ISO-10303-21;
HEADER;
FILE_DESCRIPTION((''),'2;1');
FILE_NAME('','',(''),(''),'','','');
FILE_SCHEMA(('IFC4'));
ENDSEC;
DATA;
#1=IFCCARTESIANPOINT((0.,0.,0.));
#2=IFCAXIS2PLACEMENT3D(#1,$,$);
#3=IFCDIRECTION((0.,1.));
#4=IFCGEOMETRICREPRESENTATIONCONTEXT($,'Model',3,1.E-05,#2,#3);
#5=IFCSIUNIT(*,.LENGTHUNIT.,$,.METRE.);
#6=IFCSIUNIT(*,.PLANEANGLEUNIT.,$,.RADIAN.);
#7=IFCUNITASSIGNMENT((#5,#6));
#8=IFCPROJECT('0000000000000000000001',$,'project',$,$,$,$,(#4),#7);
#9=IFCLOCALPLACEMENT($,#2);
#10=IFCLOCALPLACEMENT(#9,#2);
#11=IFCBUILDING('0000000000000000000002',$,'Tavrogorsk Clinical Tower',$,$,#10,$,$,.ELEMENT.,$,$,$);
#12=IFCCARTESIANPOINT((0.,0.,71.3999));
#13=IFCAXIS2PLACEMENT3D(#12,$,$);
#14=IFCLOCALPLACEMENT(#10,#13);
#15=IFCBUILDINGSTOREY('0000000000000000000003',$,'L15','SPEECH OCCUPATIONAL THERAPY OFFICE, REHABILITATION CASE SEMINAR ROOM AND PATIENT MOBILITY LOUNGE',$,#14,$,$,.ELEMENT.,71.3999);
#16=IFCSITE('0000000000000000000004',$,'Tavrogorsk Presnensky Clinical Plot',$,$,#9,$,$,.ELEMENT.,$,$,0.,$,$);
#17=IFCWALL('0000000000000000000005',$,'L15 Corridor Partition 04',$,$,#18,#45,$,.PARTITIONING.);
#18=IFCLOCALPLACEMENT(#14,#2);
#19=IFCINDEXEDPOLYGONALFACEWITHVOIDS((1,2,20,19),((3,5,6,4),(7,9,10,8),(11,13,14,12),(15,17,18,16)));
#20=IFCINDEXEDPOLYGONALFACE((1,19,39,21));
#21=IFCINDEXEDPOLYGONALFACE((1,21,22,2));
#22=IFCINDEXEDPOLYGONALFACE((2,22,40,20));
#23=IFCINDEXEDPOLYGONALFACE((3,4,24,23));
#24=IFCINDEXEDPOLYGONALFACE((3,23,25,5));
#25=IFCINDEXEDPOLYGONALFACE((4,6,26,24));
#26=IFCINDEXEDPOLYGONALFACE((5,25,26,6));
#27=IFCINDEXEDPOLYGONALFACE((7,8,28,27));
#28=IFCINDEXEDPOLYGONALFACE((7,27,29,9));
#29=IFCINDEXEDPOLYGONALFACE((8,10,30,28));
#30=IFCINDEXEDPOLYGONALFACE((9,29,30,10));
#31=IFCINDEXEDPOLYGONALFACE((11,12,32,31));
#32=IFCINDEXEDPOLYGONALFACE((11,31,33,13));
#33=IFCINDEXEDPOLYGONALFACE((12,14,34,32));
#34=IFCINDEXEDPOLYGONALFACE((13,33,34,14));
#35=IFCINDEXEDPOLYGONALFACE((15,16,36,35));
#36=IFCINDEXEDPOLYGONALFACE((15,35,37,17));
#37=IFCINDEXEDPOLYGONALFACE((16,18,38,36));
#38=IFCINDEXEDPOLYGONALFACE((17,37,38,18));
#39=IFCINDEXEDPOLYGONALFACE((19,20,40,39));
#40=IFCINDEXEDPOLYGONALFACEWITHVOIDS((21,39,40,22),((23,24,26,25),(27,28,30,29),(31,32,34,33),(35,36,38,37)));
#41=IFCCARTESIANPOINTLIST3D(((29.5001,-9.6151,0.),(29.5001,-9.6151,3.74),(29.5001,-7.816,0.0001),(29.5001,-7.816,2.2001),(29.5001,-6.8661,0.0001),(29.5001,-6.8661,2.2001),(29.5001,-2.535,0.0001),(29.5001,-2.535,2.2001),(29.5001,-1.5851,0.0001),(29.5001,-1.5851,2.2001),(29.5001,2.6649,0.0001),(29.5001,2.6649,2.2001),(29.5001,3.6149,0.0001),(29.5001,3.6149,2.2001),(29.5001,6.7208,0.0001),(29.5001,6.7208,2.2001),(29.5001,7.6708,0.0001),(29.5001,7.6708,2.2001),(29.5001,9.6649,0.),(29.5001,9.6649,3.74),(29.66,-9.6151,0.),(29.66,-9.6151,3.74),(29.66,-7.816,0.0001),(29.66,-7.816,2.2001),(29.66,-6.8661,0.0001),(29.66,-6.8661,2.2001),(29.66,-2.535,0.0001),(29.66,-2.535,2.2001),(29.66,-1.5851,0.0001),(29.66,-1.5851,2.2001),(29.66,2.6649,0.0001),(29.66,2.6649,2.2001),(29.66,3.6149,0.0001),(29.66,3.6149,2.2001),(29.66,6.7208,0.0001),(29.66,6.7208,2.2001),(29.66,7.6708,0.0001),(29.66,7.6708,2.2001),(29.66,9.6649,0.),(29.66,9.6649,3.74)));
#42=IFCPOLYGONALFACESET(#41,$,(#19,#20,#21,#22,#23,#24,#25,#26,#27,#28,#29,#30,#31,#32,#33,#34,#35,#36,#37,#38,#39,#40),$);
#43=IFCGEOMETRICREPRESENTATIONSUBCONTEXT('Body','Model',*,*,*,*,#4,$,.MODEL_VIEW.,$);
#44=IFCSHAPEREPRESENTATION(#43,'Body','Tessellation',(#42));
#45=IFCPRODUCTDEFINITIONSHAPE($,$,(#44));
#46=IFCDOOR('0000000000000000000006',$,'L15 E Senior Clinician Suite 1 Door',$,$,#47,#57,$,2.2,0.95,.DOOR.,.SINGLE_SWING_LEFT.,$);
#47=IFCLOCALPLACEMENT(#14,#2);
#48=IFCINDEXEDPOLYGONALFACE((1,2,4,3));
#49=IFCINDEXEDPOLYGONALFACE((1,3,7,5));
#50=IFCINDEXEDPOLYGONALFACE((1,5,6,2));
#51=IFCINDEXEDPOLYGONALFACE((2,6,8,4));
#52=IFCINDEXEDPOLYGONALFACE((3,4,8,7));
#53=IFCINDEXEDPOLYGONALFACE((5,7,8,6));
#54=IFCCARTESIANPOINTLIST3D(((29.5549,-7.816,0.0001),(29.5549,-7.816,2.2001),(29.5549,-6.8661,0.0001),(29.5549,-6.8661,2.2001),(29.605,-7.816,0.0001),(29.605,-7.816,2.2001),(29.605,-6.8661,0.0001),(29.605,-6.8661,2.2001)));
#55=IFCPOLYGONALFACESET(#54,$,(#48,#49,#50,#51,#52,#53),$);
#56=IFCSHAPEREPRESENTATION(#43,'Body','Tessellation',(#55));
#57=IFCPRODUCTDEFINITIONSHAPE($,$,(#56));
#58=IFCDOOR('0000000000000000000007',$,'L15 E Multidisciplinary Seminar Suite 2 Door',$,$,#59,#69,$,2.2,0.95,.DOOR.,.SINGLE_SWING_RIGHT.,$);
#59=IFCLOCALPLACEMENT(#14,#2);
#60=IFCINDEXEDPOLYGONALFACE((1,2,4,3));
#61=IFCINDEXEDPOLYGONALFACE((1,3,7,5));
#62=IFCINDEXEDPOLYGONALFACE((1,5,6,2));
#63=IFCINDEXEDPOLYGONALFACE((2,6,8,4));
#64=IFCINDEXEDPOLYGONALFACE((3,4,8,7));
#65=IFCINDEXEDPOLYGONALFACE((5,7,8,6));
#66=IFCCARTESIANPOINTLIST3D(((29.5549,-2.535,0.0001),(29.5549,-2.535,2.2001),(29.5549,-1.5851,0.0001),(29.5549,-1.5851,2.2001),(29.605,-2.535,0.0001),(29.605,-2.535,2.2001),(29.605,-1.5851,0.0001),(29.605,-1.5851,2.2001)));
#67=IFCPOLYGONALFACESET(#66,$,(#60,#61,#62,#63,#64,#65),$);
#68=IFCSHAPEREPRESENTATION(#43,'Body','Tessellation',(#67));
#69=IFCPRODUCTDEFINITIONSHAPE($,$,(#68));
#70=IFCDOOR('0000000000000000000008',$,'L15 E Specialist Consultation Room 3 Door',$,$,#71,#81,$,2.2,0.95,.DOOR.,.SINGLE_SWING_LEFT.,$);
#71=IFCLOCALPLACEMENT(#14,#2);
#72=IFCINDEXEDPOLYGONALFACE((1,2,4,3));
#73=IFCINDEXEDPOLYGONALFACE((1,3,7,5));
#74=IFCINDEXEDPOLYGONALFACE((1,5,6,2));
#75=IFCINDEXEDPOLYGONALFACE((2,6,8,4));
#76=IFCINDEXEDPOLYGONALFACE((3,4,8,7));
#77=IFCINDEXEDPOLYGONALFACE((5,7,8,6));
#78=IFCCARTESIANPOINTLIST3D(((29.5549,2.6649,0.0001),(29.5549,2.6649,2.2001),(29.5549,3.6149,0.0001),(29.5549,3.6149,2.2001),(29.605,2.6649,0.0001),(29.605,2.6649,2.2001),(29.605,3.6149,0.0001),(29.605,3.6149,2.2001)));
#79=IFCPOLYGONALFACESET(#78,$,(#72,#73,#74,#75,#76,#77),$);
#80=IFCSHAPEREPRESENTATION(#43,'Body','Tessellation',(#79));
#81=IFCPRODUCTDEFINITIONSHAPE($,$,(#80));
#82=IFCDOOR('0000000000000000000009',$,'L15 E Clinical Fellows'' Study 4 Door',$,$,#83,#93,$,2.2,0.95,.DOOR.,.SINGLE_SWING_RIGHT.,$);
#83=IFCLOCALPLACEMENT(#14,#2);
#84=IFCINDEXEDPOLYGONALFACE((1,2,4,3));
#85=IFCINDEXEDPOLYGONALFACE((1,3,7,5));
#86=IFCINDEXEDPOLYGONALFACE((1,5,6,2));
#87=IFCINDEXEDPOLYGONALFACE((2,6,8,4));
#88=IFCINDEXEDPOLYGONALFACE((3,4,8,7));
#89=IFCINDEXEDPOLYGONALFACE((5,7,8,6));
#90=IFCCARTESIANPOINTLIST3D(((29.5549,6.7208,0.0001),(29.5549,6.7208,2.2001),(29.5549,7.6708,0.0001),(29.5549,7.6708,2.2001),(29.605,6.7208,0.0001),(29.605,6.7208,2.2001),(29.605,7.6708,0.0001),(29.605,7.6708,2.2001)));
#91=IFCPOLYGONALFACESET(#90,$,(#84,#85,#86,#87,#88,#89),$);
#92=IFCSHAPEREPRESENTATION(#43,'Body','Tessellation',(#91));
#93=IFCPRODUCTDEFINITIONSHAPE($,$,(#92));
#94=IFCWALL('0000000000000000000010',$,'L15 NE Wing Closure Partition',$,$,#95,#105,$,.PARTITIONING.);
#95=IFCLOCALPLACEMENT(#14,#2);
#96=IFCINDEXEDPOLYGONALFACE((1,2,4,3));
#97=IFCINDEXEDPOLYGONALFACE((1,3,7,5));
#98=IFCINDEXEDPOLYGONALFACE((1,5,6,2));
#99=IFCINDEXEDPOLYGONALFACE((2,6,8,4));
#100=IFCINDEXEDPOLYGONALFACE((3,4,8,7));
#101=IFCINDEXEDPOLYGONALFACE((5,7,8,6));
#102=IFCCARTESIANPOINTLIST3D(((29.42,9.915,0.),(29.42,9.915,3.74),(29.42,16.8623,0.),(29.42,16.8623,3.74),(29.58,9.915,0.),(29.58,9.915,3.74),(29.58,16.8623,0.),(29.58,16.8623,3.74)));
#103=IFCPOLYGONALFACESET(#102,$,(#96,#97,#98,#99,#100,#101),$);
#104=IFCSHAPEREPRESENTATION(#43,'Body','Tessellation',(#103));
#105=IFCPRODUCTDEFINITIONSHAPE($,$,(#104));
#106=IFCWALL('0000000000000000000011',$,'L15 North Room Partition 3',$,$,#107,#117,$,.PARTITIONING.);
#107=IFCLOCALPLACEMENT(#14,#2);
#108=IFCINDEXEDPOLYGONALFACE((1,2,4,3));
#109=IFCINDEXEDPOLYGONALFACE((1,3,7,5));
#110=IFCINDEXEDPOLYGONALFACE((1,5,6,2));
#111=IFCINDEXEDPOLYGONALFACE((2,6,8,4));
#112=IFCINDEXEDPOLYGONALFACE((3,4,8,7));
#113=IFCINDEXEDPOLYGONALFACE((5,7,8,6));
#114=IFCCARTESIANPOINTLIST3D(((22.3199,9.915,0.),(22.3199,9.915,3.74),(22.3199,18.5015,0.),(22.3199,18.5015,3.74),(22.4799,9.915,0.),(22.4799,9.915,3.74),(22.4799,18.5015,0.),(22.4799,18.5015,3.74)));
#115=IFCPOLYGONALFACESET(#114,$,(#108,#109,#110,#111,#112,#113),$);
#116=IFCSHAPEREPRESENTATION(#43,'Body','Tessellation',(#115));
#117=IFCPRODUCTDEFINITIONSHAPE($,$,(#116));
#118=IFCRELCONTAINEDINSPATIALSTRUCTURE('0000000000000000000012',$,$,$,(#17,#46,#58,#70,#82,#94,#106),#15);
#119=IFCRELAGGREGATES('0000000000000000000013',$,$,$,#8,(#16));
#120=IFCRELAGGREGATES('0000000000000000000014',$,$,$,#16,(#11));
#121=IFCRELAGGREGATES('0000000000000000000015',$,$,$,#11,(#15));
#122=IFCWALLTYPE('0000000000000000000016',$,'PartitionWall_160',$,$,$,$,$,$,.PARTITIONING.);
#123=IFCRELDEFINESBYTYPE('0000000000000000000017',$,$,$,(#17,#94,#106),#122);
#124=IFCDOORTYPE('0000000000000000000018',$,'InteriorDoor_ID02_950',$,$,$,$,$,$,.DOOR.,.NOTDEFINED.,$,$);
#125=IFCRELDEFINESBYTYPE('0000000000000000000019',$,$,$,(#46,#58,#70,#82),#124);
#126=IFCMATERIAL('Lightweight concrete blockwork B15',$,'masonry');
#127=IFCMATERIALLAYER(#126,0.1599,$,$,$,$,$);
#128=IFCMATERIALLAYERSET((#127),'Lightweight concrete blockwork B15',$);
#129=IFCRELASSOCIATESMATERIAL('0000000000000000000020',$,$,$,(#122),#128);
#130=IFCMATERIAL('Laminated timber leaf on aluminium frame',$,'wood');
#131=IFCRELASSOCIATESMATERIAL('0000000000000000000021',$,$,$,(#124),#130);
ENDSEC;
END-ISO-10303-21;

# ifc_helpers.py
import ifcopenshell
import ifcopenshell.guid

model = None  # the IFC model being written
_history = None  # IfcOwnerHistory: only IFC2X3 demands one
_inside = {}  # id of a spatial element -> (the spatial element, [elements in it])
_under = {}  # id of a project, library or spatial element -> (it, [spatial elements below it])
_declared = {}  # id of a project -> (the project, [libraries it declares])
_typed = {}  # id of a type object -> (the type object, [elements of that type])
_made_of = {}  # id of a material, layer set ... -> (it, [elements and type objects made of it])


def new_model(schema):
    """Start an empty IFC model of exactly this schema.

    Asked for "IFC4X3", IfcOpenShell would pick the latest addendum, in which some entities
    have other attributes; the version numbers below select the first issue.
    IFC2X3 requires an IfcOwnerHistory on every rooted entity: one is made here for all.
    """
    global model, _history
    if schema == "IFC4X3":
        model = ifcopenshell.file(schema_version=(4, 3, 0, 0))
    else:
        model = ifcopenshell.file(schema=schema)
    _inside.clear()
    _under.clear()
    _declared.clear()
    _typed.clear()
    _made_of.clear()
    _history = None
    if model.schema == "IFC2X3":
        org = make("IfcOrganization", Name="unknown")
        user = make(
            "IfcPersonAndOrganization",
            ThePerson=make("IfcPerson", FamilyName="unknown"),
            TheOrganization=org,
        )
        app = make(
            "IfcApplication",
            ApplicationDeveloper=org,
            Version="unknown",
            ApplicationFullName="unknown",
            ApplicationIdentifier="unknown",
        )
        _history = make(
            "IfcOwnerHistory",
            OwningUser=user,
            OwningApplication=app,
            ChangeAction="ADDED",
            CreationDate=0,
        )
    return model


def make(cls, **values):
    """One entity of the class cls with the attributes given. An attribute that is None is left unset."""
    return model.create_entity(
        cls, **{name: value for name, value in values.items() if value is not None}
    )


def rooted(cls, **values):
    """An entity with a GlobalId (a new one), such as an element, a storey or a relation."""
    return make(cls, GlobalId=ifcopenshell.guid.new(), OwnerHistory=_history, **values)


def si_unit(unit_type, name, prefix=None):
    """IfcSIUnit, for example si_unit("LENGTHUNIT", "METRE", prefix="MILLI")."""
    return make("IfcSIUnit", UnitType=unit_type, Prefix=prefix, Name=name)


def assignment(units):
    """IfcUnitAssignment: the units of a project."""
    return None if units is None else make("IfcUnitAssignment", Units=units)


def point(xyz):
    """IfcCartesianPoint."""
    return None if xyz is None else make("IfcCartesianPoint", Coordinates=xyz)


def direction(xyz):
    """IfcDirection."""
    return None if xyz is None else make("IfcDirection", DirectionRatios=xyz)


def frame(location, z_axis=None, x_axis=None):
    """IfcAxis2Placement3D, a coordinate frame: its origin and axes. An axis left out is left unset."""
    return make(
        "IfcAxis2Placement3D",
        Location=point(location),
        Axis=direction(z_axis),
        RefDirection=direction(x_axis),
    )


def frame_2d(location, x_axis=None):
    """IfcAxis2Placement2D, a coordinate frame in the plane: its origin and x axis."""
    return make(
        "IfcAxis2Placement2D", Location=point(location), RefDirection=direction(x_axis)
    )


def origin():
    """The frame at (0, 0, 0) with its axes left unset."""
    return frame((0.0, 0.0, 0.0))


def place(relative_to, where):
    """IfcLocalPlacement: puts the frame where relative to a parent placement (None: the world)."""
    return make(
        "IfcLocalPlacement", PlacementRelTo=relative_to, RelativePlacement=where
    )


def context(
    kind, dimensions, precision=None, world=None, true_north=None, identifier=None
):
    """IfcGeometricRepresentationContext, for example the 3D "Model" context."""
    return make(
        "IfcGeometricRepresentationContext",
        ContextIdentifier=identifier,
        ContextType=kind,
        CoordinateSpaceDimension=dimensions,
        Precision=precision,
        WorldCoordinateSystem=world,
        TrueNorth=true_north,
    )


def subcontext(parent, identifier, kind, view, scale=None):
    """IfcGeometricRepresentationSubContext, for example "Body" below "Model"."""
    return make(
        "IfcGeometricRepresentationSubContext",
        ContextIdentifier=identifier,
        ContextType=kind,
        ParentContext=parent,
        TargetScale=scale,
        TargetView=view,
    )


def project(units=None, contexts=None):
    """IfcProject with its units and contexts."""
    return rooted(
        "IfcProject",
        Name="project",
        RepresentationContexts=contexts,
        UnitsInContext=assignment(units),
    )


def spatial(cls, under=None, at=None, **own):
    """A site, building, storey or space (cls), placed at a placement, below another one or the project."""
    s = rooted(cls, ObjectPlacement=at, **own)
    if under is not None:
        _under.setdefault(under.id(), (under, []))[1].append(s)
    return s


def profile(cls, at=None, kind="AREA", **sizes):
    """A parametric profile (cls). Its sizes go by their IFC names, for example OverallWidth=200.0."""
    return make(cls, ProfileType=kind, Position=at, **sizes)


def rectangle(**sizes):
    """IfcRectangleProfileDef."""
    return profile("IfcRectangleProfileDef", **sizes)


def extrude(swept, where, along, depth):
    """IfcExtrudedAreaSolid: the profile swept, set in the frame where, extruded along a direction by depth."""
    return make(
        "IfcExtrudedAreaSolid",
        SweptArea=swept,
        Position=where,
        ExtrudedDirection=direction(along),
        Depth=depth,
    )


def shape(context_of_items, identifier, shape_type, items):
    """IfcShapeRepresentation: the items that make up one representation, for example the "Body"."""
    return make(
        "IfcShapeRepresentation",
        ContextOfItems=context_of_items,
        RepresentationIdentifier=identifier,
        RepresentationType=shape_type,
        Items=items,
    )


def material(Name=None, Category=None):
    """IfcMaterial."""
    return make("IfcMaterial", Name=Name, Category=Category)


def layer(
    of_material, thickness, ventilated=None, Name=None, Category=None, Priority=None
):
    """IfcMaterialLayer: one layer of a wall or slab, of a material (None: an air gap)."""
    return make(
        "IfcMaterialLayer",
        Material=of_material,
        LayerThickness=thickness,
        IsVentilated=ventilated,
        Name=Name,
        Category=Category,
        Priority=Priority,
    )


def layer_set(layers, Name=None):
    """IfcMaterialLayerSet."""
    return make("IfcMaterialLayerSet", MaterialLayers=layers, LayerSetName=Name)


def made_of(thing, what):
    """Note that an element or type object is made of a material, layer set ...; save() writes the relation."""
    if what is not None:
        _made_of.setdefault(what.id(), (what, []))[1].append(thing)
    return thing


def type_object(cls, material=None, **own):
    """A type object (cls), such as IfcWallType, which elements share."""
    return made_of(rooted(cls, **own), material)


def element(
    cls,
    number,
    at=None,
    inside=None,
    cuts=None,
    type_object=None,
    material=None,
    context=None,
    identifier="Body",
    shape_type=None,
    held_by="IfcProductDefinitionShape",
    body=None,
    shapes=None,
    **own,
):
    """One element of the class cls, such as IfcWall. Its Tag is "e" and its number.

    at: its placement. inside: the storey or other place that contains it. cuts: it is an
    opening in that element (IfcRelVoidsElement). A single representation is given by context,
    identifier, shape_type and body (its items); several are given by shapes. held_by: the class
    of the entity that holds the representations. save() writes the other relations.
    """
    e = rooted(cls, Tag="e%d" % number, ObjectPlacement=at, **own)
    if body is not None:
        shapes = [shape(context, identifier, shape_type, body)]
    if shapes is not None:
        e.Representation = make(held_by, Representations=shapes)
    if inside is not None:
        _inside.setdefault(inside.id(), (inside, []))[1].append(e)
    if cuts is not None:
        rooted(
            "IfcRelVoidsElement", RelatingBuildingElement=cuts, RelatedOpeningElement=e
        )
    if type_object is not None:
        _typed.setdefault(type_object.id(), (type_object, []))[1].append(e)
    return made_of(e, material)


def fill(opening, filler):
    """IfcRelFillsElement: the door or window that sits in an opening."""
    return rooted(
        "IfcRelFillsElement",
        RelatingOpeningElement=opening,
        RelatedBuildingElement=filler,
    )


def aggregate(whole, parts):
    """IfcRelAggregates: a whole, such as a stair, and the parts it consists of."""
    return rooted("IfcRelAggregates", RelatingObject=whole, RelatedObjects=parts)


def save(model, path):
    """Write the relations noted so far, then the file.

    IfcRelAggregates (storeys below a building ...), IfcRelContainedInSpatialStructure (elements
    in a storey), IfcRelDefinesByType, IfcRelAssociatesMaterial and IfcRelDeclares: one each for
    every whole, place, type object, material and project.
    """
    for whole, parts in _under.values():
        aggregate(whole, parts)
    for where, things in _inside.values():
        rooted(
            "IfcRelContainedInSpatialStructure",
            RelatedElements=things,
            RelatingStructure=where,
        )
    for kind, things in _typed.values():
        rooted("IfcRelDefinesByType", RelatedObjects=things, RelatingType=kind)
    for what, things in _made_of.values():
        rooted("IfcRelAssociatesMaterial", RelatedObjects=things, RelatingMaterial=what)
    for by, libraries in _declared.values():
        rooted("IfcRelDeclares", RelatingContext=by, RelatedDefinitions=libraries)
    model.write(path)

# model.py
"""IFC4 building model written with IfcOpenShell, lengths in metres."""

from ifc_helpers import new_model, si_unit, direction, frame, frame_2d, origin, place, context, subcontext, project, spatial, rectangle, extrude, material, layer, layer_set, type_object, element, fill, save


model = new_model("IFC4")

# Units and contexts
model_context = context("Model", 3, precision=1e-05, world=origin(), true_north=direction((0.0, 1.0)))
body_context = subcontext(model_context, "Body", "Model", "MODEL_VIEW")
ifc_project = project(units=[si_unit("LENGTHUNIT", "METRE"), si_unit("PLANEANGLEUNIT", "RADIAN")], contexts=[model_context])

# Site, building, storey
site_placement = place(None, origin())
site = spatial("IfcSite", under=ifc_project, at=site_placement, Name="Tavrogorsk Presnensky Clinical Plot", CompositionType="ELEMENT", RefElevation=0.0)
building_placement = place(site_placement, origin())
building = spatial("IfcBuilding", under=site, at=building_placement, Name="Tavrogorsk Clinical Tower", CompositionType="ELEMENT")
storey_placement = place(building_placement, frame((0.0, 0.0, 71.3999)))
storey = spatial("IfcBuildingStorey", under=building, at=storey_placement, Name="L15", Description="SPEECH OCCUPATIONAL THERAPY OFFICE, REHABILITATION CASE SEMINAR ROOM AND PATIENT MOBILITY LOUNGE", CompositionType="ELEMENT", Elevation=71.3999)

# Wall, openings, doors
ifc_material_1 = material(Name="Lightweight concrete blockwork B15", Category="masonry")
ifc_layer_1 = layer(ifc_material_1, 0.1599)
ifc_layer_set_1 = layer_set([ifc_layer_1], Name="Lightweight concrete blockwork B15")
wall_type_1 = type_object("IfcWallType", Name="PartitionWall_160", PredefinedType="PARTITIONING", material=ifc_layer_set_1)
wall_1_placement = place(storey_placement, frame((29.5801, 9.665, 0.0), z_axis=(0.0, 0.0, 1.0), x_axis=(0.0, -1.0, 0.0)))
wall_1 = element("IfcWall", 1, at=wall_1_placement, inside=storey, type_object=wall_type_1, Name="L15 Corridor Partition 04", PredefinedType="PARTITIONING", context=body_context, shape_type="SweptSolid", body=[
    extrude(rectangle(XDim=19.28, YDim=0.1599, at=frame_2d((9.6401, 0.0))), origin(), (0.0, 0.0, 1.0), 3.74),
])
opening_1_placement = place(wall_1_placement, frame((16.531, 0.0, 0.0)))
opening_1 = element("IfcOpeningElement", 2, at=opening_1_placement, cuts=wall_1, PredefinedType="OPENING", context=body_context, shape_type="SweptSolid", body=[
    extrude(rectangle(XDim=0.95, YDim=2.2, at=frame_2d((0.4751, 1.1001))), frame((0.0, 0.0898, 0.0), z_axis=(0.0, -1.0, 0.0), x_axis=(1.0, 0.0, 0.0)), (0.0, 0.0, 1.0), 0.1799),
])
opening_2_placement = place(wall_1_placement, frame((11.25, 0.0, 0.0)))
opening_2 = element("IfcOpeningElement", 3, at=opening_2_placement, cuts=wall_1, PredefinedType="OPENING", context=body_context, shape_type="SweptSolid", body=[
    extrude(rectangle(XDim=0.95, YDim=2.2, at=frame_2d((0.4751, 1.1001))), frame((0.0, 0.0898, 0.0), z_axis=(0.0, -1.0, 0.0), x_axis=(1.0, 0.0, 0.0)), (0.0, 0.0, 1.0), 0.1799),
])
opening_3_placement = place(wall_1_placement, frame((6.05, 0.0, 0.0)))
opening_3 = element("IfcOpeningElement", 4, at=opening_3_placement, cuts=wall_1, PredefinedType="OPENING", context=body_context, shape_type="SweptSolid", body=[
    extrude(rectangle(XDim=0.95, YDim=2.2, at=frame_2d((0.4751, 1.1001))), frame((0.0, 0.0898, 0.0), z_axis=(0.0, -1.0, 0.0), x_axis=(1.0, 0.0, 0.0)), (0.0, 0.0, 1.0), 0.1799),
])
opening_4_placement = place(wall_1_placement, frame((1.9941, 0.0, 0.0)))
opening_4 = element("IfcOpeningElement", 5, at=opening_4_placement, cuts=wall_1, PredefinedType="OPENING", context=body_context, shape_type="SweptSolid", body=[
    extrude(rectangle(XDim=0.95, YDim=2.2, at=frame_2d((0.4751, 1.1001))), frame((0.0, 0.0898, 0.0), z_axis=(0.0, -1.0, 0.0), x_axis=(1.0, 0.0, 0.0)), (0.0, 0.0, 1.0), 0.1799),
])
ifc_material_2 = material(Name="Laminated timber leaf on aluminium frame", Category="wood")
door_type = type_object("IfcDoorType", Name="InteriorDoor_ID02_950", OperationType="NOTDEFINED", PredefinedType="DOOR", material=ifc_material_2)
door_1_placement = place(opening_1_placement, origin())
door_1 = element("IfcDoor", 6, at=door_1_placement, inside=storey, type_object=door_type, Name="L15 E Senior Clinician Suite 1 Door", OperationType="SINGLE_SWING_LEFT", OverallHeight=2.2, OverallWidth=0.95, PredefinedType="DOOR", context=body_context, shape_type="SweptSolid", body=[
    extrude(rectangle(XDim=0.95, YDim=2.2, at=frame_2d((0.4751, 1.1001))), frame((0.0, 0.0249, 0.0), z_axis=(0.0, -1.0, 0.0), x_axis=(1.0, 0.0, 0.0)), (0.0, 0.0, 1.0), 0.05),
])
fill(opening_1, door_1)
door_2_placement = place(opening_2_placement, origin())
door_2 = element("IfcDoor", 7, at=door_2_placement, inside=storey, type_object=door_type, Name="L15 E Multidisciplinary Seminar Suite 2 Door", OperationType="SINGLE_SWING_RIGHT", OverallHeight=2.2, OverallWidth=0.95, PredefinedType="DOOR", context=body_context, shape_type="SweptSolid", body=[
    extrude(rectangle(XDim=0.95, YDim=2.2, at=frame_2d((0.4751, 1.1001))), frame((0.0, 0.0249, 0.0), z_axis=(0.0, -1.0, 0.0), x_axis=(1.0, 0.0, 0.0)), (0.0, 0.0, 1.0), 0.05),
])
fill(opening_2, door_2)
door_3_placement = place(opening_3_placement, origin())
door_3 = element("IfcDoor", 8, at=door_3_placement, inside=storey, type_object=door_type, Name="L15 E Specialist Consultation Room 3 Door", OperationType="SINGLE_SWING_LEFT", OverallHeight=2.2, OverallWidth=0.95, PredefinedType="DOOR", context=body_context, shape_type="SweptSolid", body=[
    extrude(rectangle(XDim=0.95, YDim=2.2, at=frame_2d((0.4751, 1.1001))), frame((0.0, 0.0249, 0.0), z_axis=(0.0, -1.0, 0.0), x_axis=(1.0, 0.0, 0.0)), (0.0, 0.0, 1.0), 0.05),
])
fill(opening_3, door_3)
door_4_placement = place(opening_4_placement, origin())
door_4 = element("IfcDoor", 9, at=door_4_placement, inside=storey, type_object=door_type, Name="L15 E Clinical Fellows' Study 4 Door", OperationType="SINGLE_SWING_RIGHT", OverallHeight=2.2, OverallWidth=0.95, PredefinedType="DOOR", context=body_context, shape_type="SweptSolid", body=[
    extrude(rectangle(XDim=0.95, YDim=2.2, at=frame_2d((0.4751, 1.1001))), frame((0.0, 0.0249, 0.0), z_axis=(0.0, -1.0, 0.0), x_axis=(1.0, 0.0, 0.0)), (0.0, 0.0, 1.0), 0.05),
])
fill(opening_4, door_4)

# Walls
wall_2_placement = place(storey_placement, frame((29.5, 9.915, 0.0), z_axis=(0.0, 0.0, 1.0), x_axis=(0.0, 1.0, 0.0)))
element("IfcWall", 10, at=wall_2_placement, inside=storey, type_object=wall_type_1, Name="L15 NE Wing Closure Partition", PredefinedType="PARTITIONING", context=body_context, shape_type="SweptSolid", body=[
    extrude(rectangle(XDim=6.9473, YDim=0.1599, at=frame_2d((3.4736, 0.0))), origin(), (0.0, 0.0, 1.0), 3.74),
])
wall_3_placement = place(storey_placement, frame((22.3999, 9.915, 0.0), z_axis=(0.0, 0.0, 1.0), x_axis=(0.0, 1.0, 0.0)))
element("IfcWall", 11, at=wall_3_placement, inside=storey, type_object=wall_type_1, Name="L15 North Room Partition 3", PredefinedType="PARTITIONING", context=body_context, shape_type="SweptSolid", body=[
    extrude(rectangle(XDim=8.5864, YDim=0.1599, at=frame_2d((4.2932, 0.0))), origin(), (0.0, 0.0, 1.0), 3.74),
])

save(model, "model.ifc")
